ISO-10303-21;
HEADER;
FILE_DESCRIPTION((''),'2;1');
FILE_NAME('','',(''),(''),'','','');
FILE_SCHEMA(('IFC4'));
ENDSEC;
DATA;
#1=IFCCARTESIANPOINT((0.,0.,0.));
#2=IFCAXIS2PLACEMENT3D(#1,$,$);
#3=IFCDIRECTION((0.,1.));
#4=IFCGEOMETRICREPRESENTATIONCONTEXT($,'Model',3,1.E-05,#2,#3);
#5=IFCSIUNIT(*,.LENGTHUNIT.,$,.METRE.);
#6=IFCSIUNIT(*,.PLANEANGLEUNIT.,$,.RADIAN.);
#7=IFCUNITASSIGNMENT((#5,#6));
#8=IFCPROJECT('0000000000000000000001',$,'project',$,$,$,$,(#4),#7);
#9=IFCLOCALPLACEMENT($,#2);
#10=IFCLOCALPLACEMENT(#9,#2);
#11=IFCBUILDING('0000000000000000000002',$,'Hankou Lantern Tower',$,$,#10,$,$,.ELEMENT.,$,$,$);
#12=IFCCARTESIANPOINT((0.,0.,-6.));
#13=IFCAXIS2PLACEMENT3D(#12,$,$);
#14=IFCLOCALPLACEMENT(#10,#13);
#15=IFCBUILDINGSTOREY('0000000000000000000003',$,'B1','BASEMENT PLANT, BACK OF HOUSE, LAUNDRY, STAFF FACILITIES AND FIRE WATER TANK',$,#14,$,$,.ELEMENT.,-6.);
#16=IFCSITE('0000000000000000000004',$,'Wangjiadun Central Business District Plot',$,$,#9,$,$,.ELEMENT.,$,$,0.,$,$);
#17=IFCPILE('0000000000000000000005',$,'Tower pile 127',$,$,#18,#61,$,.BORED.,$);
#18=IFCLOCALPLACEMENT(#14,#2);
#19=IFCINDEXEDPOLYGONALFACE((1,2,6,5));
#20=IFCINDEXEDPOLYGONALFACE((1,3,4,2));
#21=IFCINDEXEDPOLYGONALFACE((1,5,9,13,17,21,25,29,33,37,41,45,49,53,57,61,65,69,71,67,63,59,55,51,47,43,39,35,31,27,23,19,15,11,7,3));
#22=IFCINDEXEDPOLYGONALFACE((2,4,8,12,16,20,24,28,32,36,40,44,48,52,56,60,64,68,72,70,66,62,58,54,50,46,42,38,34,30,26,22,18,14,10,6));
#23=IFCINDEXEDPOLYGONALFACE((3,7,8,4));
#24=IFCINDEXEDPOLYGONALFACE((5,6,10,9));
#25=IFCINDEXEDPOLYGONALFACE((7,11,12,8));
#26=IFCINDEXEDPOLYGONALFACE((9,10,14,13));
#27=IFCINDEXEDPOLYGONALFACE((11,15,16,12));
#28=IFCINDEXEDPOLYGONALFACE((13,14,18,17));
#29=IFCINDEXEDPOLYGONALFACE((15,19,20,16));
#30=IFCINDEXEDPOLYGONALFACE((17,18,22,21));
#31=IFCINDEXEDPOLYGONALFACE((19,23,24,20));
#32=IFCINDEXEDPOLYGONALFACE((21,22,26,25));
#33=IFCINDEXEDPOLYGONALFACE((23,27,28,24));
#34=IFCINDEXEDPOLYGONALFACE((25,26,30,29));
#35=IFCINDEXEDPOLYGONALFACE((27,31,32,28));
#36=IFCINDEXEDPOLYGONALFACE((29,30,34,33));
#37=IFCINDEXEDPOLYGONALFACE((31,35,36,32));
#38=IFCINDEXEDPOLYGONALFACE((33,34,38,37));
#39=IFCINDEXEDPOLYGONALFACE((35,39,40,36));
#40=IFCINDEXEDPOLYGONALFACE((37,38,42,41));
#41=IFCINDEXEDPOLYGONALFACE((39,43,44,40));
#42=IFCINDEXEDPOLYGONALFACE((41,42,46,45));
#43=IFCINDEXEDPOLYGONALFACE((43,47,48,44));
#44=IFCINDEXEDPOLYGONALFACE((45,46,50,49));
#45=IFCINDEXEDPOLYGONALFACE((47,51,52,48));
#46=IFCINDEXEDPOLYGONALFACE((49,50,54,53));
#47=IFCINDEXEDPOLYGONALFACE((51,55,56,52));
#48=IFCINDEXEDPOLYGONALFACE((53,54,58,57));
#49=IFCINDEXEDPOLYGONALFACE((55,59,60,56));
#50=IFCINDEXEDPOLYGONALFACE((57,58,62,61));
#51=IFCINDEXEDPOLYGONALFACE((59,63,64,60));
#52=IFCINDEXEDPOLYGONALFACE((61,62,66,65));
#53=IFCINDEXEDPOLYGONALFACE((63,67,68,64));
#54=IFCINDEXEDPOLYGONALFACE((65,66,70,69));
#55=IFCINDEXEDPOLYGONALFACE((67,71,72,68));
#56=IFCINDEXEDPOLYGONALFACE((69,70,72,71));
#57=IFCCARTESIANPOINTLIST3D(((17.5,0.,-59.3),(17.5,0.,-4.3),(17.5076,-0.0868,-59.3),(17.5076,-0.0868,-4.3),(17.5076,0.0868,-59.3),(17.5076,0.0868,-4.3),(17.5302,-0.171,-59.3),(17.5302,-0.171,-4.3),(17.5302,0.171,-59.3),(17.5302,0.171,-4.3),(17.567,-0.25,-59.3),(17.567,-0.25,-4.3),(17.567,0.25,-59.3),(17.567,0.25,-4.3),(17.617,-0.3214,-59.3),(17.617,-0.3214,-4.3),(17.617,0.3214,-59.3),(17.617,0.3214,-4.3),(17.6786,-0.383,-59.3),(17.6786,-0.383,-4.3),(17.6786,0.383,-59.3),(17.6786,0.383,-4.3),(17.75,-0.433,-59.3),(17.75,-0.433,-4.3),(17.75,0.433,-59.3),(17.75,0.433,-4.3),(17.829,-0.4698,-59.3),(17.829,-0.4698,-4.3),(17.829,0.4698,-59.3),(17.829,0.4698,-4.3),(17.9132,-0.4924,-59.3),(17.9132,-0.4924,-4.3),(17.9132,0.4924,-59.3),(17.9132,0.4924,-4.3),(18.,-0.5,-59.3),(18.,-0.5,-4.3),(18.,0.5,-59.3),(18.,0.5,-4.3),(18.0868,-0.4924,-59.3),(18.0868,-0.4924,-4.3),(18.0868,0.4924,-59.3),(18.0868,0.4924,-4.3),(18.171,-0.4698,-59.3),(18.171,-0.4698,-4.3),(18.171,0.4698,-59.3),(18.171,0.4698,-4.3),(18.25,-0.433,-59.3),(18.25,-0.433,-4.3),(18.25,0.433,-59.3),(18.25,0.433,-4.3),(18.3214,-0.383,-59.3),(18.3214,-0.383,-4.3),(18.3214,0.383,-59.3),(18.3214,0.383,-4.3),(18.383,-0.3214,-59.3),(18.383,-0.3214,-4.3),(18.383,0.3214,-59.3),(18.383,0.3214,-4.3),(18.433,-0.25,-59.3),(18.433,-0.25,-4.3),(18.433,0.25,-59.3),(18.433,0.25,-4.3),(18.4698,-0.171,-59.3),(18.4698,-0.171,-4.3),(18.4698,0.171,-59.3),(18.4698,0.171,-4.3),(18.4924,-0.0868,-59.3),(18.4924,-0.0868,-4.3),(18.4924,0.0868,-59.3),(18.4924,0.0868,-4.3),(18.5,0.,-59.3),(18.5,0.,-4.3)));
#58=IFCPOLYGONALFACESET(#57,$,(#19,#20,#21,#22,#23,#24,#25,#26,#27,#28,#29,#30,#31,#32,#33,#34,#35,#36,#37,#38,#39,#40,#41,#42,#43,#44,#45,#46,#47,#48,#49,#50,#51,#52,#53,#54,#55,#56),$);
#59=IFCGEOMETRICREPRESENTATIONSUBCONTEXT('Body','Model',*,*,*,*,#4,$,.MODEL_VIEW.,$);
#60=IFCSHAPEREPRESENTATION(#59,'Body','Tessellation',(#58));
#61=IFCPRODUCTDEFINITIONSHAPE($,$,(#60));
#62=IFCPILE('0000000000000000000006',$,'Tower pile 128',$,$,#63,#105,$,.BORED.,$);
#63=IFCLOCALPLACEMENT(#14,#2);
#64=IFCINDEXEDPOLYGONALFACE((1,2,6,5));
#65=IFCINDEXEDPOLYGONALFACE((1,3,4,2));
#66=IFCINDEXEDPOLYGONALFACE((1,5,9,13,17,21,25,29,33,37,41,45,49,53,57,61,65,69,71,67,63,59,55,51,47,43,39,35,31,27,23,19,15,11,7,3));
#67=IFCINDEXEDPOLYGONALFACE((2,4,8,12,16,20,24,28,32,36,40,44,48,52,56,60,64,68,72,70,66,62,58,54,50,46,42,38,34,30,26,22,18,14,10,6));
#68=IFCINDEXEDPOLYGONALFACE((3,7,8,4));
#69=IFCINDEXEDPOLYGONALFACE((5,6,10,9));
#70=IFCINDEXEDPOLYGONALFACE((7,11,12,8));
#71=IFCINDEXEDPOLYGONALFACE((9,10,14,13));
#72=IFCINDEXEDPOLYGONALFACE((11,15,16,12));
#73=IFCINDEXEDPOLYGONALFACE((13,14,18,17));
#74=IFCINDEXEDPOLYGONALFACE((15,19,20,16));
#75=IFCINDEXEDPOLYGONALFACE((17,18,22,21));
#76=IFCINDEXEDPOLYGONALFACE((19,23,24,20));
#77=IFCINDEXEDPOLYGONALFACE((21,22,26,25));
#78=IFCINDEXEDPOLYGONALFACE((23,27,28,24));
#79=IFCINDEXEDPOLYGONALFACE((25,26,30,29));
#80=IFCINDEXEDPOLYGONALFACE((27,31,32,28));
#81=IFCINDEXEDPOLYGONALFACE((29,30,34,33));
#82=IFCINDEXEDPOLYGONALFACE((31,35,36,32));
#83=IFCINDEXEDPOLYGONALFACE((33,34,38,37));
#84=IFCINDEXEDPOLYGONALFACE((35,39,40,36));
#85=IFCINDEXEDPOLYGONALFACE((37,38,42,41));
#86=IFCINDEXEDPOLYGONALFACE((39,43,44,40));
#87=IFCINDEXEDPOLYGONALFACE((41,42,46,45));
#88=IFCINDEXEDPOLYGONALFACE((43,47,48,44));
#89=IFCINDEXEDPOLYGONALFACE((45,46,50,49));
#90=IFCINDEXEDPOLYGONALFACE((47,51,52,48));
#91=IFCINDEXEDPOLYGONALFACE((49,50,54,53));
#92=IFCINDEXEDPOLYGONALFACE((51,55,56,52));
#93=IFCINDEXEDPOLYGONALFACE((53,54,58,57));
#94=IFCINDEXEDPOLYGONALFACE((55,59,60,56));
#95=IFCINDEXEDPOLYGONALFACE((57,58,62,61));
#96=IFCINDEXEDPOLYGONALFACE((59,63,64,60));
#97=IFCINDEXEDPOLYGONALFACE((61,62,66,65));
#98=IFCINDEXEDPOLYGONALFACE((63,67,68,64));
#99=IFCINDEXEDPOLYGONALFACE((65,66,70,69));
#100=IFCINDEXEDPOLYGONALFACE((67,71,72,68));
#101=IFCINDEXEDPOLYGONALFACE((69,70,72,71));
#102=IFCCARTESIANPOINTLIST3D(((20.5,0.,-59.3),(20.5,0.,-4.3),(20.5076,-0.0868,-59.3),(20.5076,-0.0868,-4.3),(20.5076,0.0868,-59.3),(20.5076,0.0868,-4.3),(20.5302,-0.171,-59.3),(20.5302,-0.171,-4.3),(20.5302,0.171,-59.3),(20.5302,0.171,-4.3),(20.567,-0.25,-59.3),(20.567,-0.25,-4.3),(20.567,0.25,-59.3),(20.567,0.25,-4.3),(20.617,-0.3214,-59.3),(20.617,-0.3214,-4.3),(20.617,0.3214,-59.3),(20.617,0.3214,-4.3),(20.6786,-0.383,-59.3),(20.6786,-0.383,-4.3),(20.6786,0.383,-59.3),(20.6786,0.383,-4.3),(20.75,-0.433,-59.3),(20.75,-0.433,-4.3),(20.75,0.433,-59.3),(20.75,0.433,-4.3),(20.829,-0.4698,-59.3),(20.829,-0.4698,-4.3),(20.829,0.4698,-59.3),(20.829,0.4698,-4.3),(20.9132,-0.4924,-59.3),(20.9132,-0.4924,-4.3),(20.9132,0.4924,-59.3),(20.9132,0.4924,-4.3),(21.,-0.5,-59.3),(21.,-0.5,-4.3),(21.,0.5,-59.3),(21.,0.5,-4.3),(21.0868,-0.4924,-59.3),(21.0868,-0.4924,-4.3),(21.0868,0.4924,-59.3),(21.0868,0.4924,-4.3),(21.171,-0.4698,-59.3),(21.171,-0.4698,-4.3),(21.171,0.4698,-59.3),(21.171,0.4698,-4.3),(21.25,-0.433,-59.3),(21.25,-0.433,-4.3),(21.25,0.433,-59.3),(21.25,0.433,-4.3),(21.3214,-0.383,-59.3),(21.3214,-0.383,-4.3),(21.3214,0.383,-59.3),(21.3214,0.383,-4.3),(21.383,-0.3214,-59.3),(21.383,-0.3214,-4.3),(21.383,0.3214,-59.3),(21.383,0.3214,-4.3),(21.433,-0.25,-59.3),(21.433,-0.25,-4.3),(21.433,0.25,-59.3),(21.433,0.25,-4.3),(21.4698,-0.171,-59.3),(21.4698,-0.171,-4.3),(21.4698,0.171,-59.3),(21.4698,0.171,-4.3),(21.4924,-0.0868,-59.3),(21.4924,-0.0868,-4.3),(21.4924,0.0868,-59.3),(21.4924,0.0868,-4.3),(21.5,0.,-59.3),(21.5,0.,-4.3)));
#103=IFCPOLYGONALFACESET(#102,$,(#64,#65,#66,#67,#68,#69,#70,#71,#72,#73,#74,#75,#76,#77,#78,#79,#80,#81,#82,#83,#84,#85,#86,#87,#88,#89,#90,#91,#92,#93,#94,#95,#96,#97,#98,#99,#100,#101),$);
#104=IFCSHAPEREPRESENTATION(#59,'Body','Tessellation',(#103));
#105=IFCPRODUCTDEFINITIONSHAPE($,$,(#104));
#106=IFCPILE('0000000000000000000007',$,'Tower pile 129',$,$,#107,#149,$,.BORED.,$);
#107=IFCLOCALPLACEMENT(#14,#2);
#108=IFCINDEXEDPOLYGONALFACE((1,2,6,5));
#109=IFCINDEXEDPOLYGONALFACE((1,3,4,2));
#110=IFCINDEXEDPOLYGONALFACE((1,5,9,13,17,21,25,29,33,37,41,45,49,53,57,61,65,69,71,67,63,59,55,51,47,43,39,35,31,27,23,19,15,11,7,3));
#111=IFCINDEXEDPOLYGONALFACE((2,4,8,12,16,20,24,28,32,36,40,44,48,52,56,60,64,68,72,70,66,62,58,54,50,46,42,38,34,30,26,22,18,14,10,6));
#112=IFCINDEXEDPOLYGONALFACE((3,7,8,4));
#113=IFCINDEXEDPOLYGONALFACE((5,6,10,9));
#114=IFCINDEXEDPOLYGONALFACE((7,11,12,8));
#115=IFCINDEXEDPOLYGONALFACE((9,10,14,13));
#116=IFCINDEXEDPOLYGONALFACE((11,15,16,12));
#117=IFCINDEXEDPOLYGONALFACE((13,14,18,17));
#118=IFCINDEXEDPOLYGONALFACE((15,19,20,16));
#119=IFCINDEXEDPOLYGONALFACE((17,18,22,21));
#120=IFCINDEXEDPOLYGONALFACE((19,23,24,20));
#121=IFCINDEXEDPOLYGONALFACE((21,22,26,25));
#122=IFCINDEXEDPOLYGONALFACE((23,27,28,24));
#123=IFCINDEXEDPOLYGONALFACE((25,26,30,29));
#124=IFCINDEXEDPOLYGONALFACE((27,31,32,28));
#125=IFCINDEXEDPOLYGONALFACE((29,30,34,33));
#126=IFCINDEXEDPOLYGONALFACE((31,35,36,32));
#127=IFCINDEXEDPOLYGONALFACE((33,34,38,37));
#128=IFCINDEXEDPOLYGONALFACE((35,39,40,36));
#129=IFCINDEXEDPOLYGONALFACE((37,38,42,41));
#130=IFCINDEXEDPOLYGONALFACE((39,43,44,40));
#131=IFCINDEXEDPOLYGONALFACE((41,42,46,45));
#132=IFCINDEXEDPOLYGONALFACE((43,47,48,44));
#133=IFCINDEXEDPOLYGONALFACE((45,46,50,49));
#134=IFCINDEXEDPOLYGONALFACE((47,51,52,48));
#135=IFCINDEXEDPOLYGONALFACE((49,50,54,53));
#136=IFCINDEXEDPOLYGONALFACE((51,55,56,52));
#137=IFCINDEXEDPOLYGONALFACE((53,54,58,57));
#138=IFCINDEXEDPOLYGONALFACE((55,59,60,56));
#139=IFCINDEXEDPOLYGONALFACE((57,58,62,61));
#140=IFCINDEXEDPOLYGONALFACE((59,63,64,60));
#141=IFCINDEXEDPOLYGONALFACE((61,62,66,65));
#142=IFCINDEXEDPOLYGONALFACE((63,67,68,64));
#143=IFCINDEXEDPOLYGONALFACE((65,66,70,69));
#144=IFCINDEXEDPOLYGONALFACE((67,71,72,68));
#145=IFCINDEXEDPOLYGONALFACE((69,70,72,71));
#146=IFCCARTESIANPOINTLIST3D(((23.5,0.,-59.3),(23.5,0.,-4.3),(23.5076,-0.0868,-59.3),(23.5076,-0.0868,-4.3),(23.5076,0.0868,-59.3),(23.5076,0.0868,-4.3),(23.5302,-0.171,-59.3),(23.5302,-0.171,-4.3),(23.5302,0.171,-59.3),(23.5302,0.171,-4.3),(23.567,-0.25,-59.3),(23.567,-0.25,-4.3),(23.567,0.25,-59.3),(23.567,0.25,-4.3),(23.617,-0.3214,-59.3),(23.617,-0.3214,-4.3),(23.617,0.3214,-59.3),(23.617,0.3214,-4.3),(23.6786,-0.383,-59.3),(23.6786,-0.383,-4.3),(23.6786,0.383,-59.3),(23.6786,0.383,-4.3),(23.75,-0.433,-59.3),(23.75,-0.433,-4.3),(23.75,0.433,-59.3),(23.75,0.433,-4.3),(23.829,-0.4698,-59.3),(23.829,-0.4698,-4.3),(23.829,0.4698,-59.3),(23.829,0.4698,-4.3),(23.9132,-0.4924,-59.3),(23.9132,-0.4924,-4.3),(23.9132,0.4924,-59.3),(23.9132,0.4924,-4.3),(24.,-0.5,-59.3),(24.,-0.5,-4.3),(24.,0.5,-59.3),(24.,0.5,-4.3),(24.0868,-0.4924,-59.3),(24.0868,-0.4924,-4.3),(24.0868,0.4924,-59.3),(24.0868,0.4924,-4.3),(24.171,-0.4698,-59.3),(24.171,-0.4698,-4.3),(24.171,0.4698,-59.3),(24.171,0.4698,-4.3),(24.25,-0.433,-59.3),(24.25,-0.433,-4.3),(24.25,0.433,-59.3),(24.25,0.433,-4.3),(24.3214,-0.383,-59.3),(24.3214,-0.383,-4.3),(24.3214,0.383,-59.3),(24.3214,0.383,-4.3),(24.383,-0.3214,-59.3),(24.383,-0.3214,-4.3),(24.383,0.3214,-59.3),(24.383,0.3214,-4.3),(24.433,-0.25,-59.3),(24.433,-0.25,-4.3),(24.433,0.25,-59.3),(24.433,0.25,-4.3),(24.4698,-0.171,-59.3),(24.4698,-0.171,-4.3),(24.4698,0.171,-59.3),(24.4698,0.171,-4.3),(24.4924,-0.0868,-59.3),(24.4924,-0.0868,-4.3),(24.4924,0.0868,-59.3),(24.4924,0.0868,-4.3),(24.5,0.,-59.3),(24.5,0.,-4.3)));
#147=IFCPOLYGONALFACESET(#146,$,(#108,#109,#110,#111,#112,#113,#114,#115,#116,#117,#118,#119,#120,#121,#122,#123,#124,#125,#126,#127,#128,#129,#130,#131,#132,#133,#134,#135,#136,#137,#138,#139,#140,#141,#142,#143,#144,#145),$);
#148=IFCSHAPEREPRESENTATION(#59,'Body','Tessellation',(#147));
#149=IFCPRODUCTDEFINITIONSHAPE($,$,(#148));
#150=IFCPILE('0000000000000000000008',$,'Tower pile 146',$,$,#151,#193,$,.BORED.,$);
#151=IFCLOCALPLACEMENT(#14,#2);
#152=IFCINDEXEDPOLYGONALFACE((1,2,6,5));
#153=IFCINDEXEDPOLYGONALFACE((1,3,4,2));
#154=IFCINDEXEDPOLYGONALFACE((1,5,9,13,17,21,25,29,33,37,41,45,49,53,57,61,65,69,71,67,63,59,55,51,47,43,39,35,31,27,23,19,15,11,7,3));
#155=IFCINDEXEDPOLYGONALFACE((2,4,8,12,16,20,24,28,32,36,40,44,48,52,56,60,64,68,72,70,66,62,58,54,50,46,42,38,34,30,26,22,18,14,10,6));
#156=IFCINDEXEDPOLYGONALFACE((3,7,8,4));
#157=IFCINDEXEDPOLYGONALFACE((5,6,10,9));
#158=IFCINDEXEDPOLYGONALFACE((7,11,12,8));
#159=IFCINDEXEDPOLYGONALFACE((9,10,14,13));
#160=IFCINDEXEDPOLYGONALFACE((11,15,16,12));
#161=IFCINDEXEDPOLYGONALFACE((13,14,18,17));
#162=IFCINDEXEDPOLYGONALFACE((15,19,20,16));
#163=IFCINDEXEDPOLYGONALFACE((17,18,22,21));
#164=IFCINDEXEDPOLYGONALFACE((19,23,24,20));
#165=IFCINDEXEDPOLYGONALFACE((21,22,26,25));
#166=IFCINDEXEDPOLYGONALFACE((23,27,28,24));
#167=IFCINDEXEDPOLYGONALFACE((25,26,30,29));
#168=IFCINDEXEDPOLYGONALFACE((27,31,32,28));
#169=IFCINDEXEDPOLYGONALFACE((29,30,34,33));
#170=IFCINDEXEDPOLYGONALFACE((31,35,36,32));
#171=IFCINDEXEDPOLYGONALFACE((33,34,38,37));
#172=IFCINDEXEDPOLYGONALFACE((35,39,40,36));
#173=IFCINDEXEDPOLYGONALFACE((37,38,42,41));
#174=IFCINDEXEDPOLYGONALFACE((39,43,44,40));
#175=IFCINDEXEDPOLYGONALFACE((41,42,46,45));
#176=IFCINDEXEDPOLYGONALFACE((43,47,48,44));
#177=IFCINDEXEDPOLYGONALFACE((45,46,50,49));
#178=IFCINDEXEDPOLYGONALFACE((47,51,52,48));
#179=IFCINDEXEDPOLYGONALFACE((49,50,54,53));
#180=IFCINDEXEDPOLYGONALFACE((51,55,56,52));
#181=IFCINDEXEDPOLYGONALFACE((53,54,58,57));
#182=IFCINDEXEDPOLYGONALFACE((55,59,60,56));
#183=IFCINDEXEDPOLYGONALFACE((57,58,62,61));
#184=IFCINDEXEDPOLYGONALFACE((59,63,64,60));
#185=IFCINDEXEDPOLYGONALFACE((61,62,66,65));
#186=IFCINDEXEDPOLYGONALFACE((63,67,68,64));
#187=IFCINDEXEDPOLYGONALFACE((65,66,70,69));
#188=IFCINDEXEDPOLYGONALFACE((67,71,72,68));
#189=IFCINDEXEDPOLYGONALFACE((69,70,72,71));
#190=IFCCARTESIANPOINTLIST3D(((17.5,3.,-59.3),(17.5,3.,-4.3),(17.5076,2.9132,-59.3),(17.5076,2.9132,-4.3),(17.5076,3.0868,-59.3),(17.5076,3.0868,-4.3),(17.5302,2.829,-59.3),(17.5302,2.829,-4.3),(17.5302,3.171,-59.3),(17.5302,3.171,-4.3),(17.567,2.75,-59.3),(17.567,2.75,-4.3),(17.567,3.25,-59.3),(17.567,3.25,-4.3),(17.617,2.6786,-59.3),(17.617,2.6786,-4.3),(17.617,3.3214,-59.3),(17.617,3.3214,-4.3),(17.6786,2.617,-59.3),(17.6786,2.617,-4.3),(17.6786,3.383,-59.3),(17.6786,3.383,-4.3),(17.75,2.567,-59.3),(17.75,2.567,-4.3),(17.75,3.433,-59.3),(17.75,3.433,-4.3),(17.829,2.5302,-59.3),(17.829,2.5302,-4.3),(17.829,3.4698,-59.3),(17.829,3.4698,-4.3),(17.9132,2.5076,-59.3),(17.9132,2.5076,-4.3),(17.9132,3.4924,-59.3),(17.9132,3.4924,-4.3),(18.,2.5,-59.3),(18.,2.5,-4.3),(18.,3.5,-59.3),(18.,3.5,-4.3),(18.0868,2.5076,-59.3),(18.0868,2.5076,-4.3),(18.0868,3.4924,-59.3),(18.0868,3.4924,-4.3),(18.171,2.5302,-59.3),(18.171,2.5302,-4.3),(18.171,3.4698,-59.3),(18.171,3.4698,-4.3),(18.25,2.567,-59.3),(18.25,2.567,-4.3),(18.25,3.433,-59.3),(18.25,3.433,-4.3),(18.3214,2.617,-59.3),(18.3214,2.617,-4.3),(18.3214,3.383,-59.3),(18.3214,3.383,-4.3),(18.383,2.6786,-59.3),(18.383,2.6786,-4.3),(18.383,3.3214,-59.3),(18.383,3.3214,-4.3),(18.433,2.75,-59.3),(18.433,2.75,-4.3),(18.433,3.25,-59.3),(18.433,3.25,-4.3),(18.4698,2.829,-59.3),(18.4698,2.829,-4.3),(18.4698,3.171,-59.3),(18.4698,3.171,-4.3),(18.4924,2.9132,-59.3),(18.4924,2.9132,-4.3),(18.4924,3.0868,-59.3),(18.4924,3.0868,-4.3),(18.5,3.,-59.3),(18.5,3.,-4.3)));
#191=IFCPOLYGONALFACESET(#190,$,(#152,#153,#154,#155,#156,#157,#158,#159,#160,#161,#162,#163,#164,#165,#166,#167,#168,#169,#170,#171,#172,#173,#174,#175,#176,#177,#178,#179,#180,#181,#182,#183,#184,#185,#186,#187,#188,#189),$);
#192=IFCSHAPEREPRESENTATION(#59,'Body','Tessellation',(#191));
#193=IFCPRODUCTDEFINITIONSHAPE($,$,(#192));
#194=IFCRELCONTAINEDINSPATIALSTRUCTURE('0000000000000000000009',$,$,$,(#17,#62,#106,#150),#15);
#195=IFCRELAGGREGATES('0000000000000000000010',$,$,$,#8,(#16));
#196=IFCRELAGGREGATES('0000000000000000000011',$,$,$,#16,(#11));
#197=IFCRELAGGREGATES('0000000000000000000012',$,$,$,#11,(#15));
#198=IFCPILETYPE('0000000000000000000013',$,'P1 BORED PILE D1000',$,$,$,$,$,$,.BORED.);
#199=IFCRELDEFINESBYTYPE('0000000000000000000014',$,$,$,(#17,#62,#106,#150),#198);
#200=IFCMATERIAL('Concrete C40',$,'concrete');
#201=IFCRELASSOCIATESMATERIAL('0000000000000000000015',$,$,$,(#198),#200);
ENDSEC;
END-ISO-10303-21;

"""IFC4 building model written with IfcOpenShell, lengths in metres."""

from ifc_helpers import new_model, si_unit, direction, frame, origin, origin_2d, place, context, subcontext, project, spatial, circle, extrude, material, material_profile, profile_set, type_object, element, save


model = new_model("IFC4")

# Units and contexts
model_context = context("Model", 3, precision=1e-05, world=origin(), true_north=direction((0.0, 1.0)))
body_context = subcontext(model_context, "Body", "Model", "MODEL_VIEW")
ifc_project = project(units=[si_unit("LENGTHUNIT", "METRE"), si_unit("PLANEANGLEUNIT", "RADIAN")], contexts=[model_context])

# Site, building, storey
site_placement = place(None, origin())
site = spatial("IfcSite", under=ifc_project, at=site_placement, Name="Wangjiadun Central Business District Plot", CompositionType="ELEMENT", RefElevation=0.0)
building_placement = place(site_placement, origin())
building = spatial("IfcBuilding", under=site, at=building_placement, Name="Hankou Lantern Tower", CompositionType="ELEMENT")
storey_placement = place(building_placement, frame((0.0, 0.0, -6.0)))
storey = spatial("IfcBuildingStorey", under=building, at=storey_placement, Name="B1", Description="BASEMENT PLANT, BACK OF HOUSE, LAUNDRY, STAFF FACILITIES AND FIRE WATER TANK", CompositionType="ELEMENT", Elevation=-6.0)

# Piles
ifc_material_1 = material(Name="Concrete C40", Category="concrete")
ifc_material_profile_1 = material_profile(ifc_material_1, circle(Radius=0.5, at=origin_2d()), Name="RC D1000")
ifc_profile_set_1 = profile_set([ifc_material_profile_1], Name="Concrete C40")
pile_type = type_object("IfcPileType", Name="P1 BORED PILE D1000", PredefinedType="BORED", material=ifc_profile_set_1)
for number, where, z_axis, x_axis, name in (
    (1, (18.0, 0.0, -4.3), (0.0, 0.0, -1.0), (1.0, 0.0, 0.0), "Tower pile 127"),
    (2, (21.0, 0.0, -4.3), (0.0, 0.0, -1.0), (1.0, 0.0, 0.0), "Tower pile 128"),
    (3, (24.0, 0.0, -4.3), (0.0, 0.0, -1.0), (1.0, 0.0, 0.0), "Tower pile 129"),
    (4, (18.0, 3.0, -4.3), (0.0, 0.0, -1.0), (1.0, 0.0, 0.0), "Tower pile 146"),
):
    element("IfcPile", number, at=place(storey_placement, frame(where, z_axis=z_axis, x_axis=x_axis)), inside=storey, type_object=pile_type, Name=name, PredefinedType="BORED", context=body_context, shape_type="SweptSolid", body=[
        extrude(circle(Radius=0.5, at=origin_2d()), origin(), (0.0, 0.0, 1.0), 55.0),
    ])

save(model, "model.ifc")
